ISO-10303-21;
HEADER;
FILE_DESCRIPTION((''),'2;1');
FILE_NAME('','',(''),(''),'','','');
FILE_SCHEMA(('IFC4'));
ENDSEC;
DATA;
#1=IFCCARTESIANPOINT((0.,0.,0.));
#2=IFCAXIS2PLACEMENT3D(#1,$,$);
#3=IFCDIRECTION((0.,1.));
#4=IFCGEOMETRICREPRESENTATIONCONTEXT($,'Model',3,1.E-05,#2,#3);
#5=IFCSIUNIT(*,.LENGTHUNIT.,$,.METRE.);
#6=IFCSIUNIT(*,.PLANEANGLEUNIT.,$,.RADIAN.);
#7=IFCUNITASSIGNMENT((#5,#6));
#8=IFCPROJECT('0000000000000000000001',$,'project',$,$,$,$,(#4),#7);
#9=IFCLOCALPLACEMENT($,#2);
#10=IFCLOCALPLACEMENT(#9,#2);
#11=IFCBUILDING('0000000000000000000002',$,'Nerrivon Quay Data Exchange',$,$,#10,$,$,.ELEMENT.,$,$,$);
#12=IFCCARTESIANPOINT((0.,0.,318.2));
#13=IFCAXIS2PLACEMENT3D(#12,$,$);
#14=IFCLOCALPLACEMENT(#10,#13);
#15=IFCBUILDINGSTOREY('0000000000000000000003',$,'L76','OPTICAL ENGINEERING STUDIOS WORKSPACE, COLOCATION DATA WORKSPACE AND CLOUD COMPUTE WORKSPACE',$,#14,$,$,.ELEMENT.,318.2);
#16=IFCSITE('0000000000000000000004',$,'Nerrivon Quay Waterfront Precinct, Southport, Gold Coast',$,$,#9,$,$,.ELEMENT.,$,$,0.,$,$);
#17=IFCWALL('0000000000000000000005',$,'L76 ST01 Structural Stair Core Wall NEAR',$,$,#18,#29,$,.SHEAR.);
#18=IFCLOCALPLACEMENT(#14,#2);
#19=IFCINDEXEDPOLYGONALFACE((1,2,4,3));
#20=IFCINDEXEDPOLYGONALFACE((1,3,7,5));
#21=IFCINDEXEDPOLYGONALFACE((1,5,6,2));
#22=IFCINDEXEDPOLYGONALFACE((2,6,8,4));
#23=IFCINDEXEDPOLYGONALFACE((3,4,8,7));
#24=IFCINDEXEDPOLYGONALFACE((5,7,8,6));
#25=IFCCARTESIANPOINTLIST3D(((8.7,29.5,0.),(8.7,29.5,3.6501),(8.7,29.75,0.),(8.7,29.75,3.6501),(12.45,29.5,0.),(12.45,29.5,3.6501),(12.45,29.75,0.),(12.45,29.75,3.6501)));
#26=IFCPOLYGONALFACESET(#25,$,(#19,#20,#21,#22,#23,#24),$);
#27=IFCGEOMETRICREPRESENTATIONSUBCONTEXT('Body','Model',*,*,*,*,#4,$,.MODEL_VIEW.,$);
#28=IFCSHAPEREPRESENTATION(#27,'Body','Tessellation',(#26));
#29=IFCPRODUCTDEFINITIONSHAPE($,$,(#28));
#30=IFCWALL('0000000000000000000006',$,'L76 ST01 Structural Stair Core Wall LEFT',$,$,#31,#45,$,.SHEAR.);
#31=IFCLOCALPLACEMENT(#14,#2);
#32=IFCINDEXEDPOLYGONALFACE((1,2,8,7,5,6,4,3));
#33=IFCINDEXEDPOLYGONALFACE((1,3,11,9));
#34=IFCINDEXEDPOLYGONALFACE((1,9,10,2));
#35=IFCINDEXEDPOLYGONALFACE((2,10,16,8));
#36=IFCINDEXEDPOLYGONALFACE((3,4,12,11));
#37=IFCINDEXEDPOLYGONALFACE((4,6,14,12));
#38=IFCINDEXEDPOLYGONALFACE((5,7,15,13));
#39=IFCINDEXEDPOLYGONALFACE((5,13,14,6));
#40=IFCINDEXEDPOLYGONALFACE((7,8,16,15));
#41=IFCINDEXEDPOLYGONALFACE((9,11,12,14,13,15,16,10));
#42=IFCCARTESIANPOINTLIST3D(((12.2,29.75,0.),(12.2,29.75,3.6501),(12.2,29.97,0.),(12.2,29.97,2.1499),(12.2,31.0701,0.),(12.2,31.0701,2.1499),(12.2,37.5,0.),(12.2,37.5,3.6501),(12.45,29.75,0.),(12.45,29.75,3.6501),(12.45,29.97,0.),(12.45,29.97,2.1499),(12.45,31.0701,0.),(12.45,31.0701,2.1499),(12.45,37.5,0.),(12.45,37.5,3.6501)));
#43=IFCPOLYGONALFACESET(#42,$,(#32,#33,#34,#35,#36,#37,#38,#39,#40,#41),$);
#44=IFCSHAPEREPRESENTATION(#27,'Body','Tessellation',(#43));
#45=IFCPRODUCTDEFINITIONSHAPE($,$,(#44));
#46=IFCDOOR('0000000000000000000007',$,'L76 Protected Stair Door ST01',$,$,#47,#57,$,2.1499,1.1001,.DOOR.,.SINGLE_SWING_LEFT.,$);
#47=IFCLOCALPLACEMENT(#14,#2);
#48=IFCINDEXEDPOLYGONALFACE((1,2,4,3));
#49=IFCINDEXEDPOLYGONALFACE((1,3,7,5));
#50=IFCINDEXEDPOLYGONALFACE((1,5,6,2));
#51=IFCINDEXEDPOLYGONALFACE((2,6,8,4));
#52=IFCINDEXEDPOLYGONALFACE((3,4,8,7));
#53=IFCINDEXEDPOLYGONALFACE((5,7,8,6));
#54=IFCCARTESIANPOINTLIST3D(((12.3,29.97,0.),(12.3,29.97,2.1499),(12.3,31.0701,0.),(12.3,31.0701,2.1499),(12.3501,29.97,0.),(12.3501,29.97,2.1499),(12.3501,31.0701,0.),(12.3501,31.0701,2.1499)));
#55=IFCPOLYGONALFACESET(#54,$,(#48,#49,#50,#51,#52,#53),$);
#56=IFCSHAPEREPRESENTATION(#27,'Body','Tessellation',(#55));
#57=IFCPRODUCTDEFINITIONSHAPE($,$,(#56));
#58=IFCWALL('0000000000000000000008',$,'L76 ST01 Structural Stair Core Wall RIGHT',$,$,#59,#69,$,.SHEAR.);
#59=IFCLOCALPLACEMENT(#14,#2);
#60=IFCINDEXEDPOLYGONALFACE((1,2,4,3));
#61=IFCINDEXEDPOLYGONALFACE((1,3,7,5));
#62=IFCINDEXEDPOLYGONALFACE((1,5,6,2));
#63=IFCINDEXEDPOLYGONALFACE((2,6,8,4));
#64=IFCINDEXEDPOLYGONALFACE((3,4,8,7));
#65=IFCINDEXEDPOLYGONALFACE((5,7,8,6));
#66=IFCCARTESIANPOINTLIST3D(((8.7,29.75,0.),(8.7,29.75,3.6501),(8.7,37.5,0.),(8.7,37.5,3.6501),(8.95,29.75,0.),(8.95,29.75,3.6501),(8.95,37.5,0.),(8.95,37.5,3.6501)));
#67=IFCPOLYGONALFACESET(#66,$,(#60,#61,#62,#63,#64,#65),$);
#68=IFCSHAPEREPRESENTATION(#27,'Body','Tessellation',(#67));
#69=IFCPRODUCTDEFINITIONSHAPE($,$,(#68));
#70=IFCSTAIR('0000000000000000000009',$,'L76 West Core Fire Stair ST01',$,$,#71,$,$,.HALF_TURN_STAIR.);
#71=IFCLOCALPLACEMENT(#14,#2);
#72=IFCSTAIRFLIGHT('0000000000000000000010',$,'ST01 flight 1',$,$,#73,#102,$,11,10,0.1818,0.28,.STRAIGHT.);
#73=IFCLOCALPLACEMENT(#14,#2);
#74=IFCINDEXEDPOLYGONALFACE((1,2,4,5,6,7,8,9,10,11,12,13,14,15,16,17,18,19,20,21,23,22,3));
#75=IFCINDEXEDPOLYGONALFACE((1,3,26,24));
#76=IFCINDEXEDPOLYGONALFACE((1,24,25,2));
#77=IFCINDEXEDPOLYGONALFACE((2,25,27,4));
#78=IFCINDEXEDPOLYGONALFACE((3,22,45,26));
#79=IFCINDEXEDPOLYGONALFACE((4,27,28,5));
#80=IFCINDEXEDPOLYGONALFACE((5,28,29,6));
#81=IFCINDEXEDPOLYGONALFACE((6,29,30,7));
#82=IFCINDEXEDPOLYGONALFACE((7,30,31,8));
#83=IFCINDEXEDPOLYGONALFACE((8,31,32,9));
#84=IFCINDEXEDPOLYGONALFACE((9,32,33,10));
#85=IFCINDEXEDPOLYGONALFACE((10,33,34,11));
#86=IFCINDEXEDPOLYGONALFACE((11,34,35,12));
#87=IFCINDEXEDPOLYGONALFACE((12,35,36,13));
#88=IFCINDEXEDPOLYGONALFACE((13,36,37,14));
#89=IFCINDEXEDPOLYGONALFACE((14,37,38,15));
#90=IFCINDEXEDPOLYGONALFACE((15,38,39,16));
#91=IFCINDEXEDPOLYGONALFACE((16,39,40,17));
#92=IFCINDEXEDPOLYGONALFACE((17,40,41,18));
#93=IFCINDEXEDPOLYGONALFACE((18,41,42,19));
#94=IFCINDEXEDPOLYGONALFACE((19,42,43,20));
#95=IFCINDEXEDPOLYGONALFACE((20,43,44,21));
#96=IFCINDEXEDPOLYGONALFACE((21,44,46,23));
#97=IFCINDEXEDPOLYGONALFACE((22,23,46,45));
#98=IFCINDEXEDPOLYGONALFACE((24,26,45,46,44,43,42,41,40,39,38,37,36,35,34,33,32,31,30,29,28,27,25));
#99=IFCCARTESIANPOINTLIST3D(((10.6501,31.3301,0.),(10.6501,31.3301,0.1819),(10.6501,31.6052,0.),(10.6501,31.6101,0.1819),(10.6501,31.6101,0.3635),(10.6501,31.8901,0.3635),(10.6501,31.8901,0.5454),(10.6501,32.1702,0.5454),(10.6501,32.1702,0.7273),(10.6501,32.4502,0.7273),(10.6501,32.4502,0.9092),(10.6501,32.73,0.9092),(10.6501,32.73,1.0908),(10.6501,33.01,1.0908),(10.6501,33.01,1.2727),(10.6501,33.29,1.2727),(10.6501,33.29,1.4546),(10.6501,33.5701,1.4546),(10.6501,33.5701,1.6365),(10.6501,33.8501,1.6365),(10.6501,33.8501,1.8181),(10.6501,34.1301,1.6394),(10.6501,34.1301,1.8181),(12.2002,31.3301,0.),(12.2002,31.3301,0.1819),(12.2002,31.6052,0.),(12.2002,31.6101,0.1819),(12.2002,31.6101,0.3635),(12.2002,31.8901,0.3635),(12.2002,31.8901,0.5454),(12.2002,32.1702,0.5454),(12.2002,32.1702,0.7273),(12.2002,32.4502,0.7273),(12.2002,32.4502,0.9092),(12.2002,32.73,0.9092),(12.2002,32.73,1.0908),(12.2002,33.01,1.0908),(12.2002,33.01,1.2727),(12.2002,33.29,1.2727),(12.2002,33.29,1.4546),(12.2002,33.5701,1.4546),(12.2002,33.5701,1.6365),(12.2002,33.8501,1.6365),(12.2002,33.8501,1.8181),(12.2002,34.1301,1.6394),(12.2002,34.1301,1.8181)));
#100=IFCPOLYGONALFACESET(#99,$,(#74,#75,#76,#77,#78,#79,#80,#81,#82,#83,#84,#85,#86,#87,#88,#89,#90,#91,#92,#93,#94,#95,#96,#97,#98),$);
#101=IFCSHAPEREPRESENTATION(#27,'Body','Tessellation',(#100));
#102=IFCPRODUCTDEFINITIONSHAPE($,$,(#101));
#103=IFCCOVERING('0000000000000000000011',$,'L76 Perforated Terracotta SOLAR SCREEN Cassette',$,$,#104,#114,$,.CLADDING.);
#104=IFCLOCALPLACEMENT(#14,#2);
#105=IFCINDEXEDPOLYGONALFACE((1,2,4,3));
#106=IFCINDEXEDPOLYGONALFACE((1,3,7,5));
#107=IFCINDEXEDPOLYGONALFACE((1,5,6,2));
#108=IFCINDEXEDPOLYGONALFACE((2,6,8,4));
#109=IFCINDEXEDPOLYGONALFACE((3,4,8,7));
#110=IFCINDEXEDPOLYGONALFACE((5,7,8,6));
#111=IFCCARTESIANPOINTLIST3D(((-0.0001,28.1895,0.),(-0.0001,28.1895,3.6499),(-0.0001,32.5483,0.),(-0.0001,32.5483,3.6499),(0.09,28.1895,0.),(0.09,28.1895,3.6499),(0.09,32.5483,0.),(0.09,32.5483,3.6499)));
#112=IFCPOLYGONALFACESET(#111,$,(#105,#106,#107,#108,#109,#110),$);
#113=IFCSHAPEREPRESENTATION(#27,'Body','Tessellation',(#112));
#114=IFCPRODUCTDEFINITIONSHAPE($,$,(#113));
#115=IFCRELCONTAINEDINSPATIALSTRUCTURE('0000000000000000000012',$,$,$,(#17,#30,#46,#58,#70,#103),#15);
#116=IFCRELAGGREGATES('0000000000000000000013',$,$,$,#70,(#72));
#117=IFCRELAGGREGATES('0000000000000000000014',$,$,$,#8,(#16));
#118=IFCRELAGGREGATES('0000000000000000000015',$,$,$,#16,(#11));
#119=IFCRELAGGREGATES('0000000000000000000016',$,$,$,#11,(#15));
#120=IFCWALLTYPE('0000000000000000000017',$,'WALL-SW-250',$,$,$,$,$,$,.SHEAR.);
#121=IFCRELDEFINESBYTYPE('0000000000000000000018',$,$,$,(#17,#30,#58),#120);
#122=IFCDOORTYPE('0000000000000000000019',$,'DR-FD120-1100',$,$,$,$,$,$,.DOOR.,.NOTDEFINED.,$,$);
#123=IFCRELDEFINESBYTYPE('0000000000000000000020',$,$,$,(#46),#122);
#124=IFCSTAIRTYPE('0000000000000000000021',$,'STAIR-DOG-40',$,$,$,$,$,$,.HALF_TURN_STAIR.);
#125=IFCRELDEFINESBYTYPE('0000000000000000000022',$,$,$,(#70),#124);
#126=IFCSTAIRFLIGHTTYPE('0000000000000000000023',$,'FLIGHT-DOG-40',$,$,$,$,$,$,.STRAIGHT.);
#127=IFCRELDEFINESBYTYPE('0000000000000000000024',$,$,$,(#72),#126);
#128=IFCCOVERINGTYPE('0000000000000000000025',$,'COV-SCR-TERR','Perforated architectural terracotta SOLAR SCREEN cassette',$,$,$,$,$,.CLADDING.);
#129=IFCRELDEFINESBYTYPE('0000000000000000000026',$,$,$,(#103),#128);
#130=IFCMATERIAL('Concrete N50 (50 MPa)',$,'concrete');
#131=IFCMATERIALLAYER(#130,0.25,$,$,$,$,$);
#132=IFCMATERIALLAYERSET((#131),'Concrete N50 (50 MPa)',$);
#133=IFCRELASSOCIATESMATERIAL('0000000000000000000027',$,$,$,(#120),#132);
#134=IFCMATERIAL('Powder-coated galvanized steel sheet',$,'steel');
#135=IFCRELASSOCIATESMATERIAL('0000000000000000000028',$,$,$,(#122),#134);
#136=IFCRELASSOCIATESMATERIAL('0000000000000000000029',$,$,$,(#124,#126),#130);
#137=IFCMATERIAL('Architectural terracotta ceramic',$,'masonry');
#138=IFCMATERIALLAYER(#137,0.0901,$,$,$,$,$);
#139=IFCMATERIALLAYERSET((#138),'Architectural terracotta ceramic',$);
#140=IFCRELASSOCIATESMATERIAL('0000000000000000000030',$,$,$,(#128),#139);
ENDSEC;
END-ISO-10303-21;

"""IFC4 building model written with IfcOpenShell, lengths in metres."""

from ifc_helpers import new_model, si_unit, direction, frame, frame_2d, origin, origin_2d, place, context, subcontext, project, spatial, polyline, rectangle, outline, extrude, material, layer, layer_set, type_object, element, fill, aggregate, save


model = new_model("IFC4")

# Units and contexts
model_context = context("Model", 3, precision=1e-05, world=origin(), true_north=direction((0.0, 1.0)))
body_context = subcontext(model_context, "Body", "Model", "MODEL_VIEW")
ifc_project = project(units=[si_unit("LENGTHUNIT", "METRE"), si_unit("PLANEANGLEUNIT", "RADIAN")], contexts=[model_context])

# Site, building, storey
site_placement = place(None, origin())
site = spatial("IfcSite", under=ifc_project, at=site_placement, Name="Nerrivon Quay Waterfront Precinct, Southport, Gold Coast", CompositionType="ELEMENT", RefElevation=0.0)
building_placement = place(site_placement, origin())
building = spatial("IfcBuilding", under=site, at=building_placement, Name="Nerrivon Quay Data Exchange", CompositionType="ELEMENT")
storey_placement = place(building_placement, frame((0.0, 0.0, 318.2)))
storey = spatial("IfcBuildingStorey", under=building, at=storey_placement, Name="L76", Description="OPTICAL ENGINEERING STUDIOS WORKSPACE, COLOCATION DATA WORKSPACE AND CLOUD COMPUTE WORKSPACE", CompositionType="ELEMENT", Elevation=318.2)

# Shared definitions
ifc_material_1 = material(Name="Concrete N50 (50 MPa)", Category="concrete")

# Shared definitions
ifc_material_2 = material(Name="Powder-coated galvanized steel sheet", Category="steel")

# Wall
ifc_layer_1 = layer(ifc_material_1, 0.25)
ifc_layer_set_1 = layer_set([ifc_layer_1], Name="Concrete N50 (50 MPa)")
wall_type_1 = type_object("IfcWallType", Name="WALL-SW-250", PredefinedType="SHEAR", material=ifc_layer_set_1)
wall_1_placement = place(storey_placement, frame((12.45, 29.625, 0.0), z_axis=(0.0, 0.0, 1.0), x_axis=(-1.0, 0.0, 0.0)))
element("IfcWall", 1, at=wall_1_placement, inside=storey, type_object=wall_type_1, Name="L76 ST01 Structural Stair Core Wall NEAR", PredefinedType="SHEAR", context=body_context, shape_type="SweptSolid", body=[
    extrude(rectangle(XDim=3.75, YDim=0.25, at=frame_2d((1.875, 0.0))), origin(), (0.0, 0.0, 1.0), 3.6501),
])

# Wall, opening, door
wall_2_placement = place(storey_placement, frame((12.325, 29.75, 0.0), z_axis=(0.0, 0.0, 1.0), x_axis=(0.0, 1.0, 0.0)))
wall_2 = element("IfcWall", 2, at=wall_2_placement, inside=storey, type_object=wall_type_1, Name="L76 ST01 Structural Stair Core Wall LEFT", PredefinedType="SHEAR", context=body_context, shape_type="SweptSolid", body=[
    extrude(rectangle(XDim=7.75, YDim=0.25, at=frame_2d((3.875, 0.0))), origin(), (0.0, 0.0, 1.0), 3.6501),
])
opening_1_placement = place(wall_2_placement, frame((0.22, 0.0, 0.0)))
opening_1 = element("IfcOpeningElement", 3, at=opening_1_placement, cuts=wall_2, PredefinedType="OPENING", context=body_context, shape_type="SweptSolid", body=[
    extrude(rectangle(XDim=1.1001, YDim=2.1499, at=frame_2d((0.55, 1.075))), frame((0.0, 0.135, 0.0), z_axis=(0.0, -1.0, 0.0), x_axis=(1.0, 0.0, 0.0)), (0.0, 0.0, 1.0), 0.27),
])
door_type_1 = type_object("IfcDoorType", Name="DR-FD120-1100", OperationType="NOTDEFINED", PredefinedType="DOOR", material=ifc_material_2)
door_1_placement = place(opening_1_placement, origin())
door_1 = element("IfcDoor", 4, at=door_1_placement, inside=storey, type_object=door_type_1, Name="L76 Protected Stair Door ST01", OperationType="SINGLE_SWING_LEFT", OverallHeight=2.1499, OverallWidth=1.1001, PredefinedType="DOOR", context=body_context, shape_type="SweptSolid", body=[
    extrude(rectangle(XDim=1.1001, YDim=2.1499, at=frame_2d((0.55, 1.075))), frame((0.0, 0.0249, 0.0), z_axis=(0.0, -1.0, 0.0), x_axis=(1.0, 0.0, 0.0)), (0.0, 0.0, 1.0), 0.05),
])
fill(opening_1, door_1)

# Wall
wall_3_placement = place(storey_placement, frame((8.825, 29.75, 0.0), z_axis=(0.0, 0.0, 1.0), x_axis=(0.0, 1.0, 0.0)))
element("IfcWall", 5, at=wall_3_placement, inside=storey, type_object=wall_type_1, Name="L76 ST01 Structural Stair Core Wall RIGHT", PredefinedType="SHEAR", context=body_context, shape_type="SweptSolid", body=[
    extrude(rectangle(XDim=7.75, YDim=0.25, at=frame_2d((3.875, 0.0))), origin(), (0.0, 0.0, 1.0), 3.6501),
])

# Stair, stair flight
stair_type = type_object("IfcStairType", Name="STAIR-DOG-40", PredefinedType="HALF_TURN_STAIR", material=ifc_material_1)
stair_placement = place(storey_placement, origin())
stair = element("IfcStair", 6, at=stair_placement, inside=storey, type_object=stair_type, Name="L76 West Core Fire Stair ST01", PredefinedType="HALF_TURN_STAIR")
stair_flight_type = type_object("IfcStairFlightType", Name="FLIGHT-DOG-40", PredefinedType="STRAIGHT", material=ifc_material_1)
stair_flight_placement = place(storey_placement, frame((11.425, 31.3301, 0.0), z_axis=(0.0, 0.0, 1.0), x_axis=(0.0, 1.0, 0.0)))
stair_flight = element("IfcStairFlight", 7, at=stair_flight_placement, type_object=stair_flight_type, Name="ST01 flight 1", NumberOfRisers=11, NumberOfTreads=10, PredefinedType="STRAIGHT", RiserHeight=0.1818, TreadLength=0.28, context=body_context, shape_type="SweptSolid", body=[
    extrude(outline(polyline([(0.0, 0.0), (0.0, 0.1819), (0.28, 0.1819), (0.28, 0.3635), (0.5601, 0.3635), (0.5601, 0.5454), (0.8401, 0.5454), (0.8401, 0.7273), (1.1201, 0.7273), (1.1201, 0.9092), (1.3999, 0.9092), (1.3999, 1.0908), (1.6799, 1.0908), (1.6799, 1.2727), (1.96, 1.2727), (1.96, 1.4546), (2.24, 1.4546), (2.24, 1.6365), (2.52, 1.6365), (2.52, 1.8181), (2.8, 1.8181), (2.8, 2.0), (2.8, 1.6394), (0.2751, 0.0), (0.0, 0.0)])), frame((0.0, 0.7749, 0.0), z_axis=(0.0, -1.0, 0.0), x_axis=(1.0, 0.0, 0.0)), (0.0, 0.0, 1.0), 1.55),
])
aggregate(stair, [stair_flight])

# Covering
ifc_material_3 = material(Name="Architectural terracotta ceramic", Category="masonry")
ifc_layer_2 = layer(ifc_material_3, 0.0901)
ifc_layer_set_2 = layer_set([ifc_layer_2], Name="Architectural terracotta ceramic")
covering_type = type_object("IfcCoveringType", Name="COV-SCR-TERR", Description="Perforated architectural terracotta SOLAR SCREEN cassette", PredefinedType="CLADDING", material=ifc_layer_set_2)
covering_placement = place(storey_placement, frame((0.0449, 30.3689, 0.0), z_axis=(0.0, 0.0, 1.0), x_axis=(0.0, 1.0, 0.0)))
element("IfcCovering", 8, at=covering_placement, inside=storey, type_object=covering_type, Name="L76 Perforated Terracotta SOLAR SCREEN Cassette", PredefinedType="CLADDING", context=body_context, shape_type="SweptSolid", body=[
    extrude(rectangle(XDim=4.3589, YDim=0.0901, at=origin_2d()), origin(), (0.0, 0.0, 1.0), 3.6499),
])

save(model, "model.ifc")
